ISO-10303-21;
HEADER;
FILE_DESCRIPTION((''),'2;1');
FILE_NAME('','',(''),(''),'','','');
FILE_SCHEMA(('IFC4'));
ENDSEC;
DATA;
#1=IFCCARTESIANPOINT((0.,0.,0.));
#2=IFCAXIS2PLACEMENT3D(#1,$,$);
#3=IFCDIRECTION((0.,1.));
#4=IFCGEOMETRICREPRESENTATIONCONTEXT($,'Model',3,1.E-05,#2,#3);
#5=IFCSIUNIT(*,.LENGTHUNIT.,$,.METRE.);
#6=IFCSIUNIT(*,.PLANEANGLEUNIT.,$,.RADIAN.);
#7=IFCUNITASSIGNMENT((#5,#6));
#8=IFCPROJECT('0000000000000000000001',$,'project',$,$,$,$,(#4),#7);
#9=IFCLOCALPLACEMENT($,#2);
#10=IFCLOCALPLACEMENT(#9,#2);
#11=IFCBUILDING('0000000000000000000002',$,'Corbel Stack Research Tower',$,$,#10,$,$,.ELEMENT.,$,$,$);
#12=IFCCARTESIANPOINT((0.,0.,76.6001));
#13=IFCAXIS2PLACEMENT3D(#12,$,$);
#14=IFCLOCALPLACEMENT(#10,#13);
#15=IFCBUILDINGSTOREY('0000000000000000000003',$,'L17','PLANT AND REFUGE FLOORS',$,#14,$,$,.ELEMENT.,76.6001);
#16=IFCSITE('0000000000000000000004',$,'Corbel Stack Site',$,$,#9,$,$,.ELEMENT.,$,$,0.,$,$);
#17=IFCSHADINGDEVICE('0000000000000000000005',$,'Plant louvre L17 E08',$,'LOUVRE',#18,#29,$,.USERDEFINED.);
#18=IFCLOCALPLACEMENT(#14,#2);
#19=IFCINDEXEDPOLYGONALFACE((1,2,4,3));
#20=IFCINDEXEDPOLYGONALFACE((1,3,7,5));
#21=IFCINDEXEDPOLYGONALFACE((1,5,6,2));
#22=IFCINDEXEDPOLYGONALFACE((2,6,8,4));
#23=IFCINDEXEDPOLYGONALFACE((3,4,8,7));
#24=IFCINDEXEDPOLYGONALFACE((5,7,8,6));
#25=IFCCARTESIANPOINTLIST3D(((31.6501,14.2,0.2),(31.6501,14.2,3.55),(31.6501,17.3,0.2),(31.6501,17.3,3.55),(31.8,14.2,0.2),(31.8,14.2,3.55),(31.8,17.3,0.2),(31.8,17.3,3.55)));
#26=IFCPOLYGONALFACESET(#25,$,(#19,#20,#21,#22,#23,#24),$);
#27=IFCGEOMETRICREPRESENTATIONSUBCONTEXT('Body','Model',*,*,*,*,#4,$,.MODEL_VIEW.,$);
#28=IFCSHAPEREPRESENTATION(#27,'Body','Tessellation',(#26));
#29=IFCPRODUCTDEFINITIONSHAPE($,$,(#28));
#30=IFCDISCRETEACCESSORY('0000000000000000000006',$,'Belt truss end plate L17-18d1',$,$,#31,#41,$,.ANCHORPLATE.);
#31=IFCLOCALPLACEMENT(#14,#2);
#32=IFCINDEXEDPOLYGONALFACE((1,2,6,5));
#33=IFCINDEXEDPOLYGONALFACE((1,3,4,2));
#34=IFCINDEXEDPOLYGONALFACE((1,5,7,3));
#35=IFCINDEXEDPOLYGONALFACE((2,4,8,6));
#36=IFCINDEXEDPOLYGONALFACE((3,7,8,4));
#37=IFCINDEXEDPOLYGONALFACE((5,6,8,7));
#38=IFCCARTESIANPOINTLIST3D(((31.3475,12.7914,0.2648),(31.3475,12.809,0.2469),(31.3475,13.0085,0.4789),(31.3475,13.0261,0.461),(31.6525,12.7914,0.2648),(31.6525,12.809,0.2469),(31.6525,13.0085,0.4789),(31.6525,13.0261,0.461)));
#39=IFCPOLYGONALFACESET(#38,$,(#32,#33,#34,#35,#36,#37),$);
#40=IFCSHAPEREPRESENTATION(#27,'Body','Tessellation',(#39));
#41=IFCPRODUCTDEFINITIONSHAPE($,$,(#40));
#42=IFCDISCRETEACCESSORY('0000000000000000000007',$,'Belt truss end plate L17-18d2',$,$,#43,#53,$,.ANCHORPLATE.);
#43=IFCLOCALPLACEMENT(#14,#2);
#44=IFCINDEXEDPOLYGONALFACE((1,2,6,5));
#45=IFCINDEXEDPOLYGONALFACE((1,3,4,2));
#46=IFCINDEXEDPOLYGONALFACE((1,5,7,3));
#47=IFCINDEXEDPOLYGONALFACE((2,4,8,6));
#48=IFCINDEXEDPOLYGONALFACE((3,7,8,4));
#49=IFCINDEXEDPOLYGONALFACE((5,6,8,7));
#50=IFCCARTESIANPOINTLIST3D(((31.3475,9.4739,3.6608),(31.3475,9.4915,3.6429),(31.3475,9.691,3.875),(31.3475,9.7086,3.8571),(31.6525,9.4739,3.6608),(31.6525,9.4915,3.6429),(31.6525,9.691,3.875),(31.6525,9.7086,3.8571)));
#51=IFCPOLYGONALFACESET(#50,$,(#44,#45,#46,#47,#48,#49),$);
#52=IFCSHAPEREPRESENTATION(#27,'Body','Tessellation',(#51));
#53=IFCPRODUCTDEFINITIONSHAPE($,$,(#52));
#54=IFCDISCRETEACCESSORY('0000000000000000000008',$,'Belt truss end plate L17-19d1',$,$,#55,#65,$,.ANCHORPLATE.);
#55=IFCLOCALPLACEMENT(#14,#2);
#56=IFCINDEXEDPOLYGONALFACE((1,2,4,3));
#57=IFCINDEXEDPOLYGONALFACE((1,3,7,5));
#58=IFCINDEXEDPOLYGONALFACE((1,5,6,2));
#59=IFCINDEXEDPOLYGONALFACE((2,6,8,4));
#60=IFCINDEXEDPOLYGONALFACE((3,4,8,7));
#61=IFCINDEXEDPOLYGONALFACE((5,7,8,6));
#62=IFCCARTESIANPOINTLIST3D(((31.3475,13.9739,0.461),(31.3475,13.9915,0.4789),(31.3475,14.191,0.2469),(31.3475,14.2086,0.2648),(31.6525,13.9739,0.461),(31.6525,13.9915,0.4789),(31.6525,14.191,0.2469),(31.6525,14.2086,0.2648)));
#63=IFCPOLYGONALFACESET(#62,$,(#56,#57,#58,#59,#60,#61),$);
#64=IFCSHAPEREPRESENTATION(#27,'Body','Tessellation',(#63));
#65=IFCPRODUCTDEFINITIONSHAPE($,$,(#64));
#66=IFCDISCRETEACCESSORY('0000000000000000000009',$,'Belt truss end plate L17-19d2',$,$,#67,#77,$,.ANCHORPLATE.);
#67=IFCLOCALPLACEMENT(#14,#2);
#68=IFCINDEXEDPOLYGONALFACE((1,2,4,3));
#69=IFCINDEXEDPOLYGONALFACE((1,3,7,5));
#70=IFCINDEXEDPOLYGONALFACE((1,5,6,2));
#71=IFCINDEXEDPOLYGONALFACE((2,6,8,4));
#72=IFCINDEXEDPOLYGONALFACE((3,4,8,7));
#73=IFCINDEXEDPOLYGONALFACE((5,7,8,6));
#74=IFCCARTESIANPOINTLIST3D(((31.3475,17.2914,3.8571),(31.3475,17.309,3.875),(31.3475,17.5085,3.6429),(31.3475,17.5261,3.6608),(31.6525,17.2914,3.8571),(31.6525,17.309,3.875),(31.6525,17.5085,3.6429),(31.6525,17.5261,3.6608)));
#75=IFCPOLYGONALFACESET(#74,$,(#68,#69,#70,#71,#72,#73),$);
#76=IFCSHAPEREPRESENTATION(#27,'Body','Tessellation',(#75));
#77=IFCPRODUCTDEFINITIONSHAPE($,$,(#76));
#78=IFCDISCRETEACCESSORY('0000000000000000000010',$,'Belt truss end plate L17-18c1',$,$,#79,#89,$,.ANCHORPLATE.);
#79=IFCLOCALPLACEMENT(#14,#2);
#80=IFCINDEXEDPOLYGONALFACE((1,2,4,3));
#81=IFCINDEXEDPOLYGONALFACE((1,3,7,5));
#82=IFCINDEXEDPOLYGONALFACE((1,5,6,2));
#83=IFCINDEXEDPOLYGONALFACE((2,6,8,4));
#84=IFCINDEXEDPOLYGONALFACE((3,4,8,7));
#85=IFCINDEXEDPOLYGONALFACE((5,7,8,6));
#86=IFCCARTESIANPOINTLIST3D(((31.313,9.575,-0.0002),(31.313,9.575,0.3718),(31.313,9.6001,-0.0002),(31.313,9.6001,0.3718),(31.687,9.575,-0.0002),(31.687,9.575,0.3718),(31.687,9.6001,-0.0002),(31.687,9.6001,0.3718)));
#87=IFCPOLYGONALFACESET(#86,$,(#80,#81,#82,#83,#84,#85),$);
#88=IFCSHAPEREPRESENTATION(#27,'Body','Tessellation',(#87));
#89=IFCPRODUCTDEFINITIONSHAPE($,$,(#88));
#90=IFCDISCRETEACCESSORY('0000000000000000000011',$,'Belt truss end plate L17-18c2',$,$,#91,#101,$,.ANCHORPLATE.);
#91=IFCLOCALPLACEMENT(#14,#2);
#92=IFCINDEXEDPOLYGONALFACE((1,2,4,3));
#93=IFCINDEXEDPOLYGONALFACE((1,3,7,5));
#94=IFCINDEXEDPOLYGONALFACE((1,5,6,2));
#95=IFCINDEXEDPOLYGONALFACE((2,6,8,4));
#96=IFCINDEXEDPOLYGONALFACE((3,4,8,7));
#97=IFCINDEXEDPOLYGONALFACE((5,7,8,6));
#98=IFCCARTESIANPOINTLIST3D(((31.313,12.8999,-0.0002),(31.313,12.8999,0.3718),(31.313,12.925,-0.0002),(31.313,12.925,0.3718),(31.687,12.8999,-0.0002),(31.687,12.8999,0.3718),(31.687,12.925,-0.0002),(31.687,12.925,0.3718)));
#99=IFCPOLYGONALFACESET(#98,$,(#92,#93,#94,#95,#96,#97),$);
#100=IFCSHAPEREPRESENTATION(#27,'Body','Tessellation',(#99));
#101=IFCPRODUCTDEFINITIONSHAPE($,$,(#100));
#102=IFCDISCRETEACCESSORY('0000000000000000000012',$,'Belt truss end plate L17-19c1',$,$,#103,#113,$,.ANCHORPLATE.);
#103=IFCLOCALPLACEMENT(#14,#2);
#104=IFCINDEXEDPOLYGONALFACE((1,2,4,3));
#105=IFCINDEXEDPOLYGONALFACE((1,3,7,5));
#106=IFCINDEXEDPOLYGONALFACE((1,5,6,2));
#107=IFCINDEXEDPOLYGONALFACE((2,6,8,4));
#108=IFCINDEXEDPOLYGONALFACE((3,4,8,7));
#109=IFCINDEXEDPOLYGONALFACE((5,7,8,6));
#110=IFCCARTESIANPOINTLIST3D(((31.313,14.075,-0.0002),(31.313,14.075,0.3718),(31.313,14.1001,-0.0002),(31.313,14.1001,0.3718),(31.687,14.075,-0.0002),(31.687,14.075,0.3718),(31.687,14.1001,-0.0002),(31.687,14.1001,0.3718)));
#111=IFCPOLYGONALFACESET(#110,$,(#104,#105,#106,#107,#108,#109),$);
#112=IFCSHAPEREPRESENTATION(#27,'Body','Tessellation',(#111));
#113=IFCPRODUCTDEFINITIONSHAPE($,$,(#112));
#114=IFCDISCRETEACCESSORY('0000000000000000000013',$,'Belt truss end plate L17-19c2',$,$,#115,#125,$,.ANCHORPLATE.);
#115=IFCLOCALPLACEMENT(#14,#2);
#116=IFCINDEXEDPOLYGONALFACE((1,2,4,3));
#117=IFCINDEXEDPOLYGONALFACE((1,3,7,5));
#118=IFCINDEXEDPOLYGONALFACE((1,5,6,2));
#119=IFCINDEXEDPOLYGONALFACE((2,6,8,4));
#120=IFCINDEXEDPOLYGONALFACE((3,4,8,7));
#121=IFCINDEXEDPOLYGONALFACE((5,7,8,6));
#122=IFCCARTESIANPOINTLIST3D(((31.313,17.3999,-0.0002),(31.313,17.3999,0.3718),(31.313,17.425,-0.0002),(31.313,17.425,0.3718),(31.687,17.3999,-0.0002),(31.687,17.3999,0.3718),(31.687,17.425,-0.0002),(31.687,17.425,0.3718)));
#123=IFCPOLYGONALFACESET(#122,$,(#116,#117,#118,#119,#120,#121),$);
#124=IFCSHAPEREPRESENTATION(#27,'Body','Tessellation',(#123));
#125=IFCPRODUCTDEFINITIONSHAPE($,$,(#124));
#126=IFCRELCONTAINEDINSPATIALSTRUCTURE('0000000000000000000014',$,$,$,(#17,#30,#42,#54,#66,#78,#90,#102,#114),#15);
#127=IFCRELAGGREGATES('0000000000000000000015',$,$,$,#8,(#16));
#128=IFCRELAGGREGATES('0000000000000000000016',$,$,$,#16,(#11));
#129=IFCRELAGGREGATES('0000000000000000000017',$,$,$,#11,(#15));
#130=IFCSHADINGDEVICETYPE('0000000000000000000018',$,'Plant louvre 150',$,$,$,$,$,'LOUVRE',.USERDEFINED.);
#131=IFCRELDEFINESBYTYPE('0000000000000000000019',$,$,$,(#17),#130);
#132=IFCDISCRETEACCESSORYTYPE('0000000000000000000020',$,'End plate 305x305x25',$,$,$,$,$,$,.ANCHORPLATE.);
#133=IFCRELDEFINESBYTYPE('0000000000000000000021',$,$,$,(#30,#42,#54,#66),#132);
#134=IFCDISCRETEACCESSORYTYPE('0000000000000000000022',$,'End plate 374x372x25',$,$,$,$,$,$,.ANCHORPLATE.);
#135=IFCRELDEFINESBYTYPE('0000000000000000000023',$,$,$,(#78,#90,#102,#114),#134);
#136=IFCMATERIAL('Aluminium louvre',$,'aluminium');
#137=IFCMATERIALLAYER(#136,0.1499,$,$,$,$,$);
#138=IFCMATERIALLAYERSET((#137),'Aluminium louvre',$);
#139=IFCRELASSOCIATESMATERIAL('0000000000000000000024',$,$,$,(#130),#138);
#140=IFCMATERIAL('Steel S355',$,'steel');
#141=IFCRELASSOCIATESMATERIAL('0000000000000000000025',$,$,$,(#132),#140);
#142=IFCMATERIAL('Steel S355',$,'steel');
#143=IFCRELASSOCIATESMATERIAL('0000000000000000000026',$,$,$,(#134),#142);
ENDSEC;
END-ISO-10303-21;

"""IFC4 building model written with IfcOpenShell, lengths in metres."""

from ifc_helpers import new_model, si_unit, direction, frame, origin, origin_2d, place, context, subcontext, project, spatial, rectangle, extrude, material, layer, layer_set, material_profile, profile_set, type_object, element, save


model = new_model("IFC4")

# Units and contexts
model_context = context("Model", 3, precision=1e-05, world=origin(), true_north=direction((0.0, 1.0)))
body_context = subcontext(model_context, "Body", "Model", "MODEL_VIEW")
ifc_project = project(units=[si_unit("LENGTHUNIT", "METRE"), si_unit("PLANEANGLEUNIT", "RADIAN")], contexts=[model_context])

# Site, building, storey
site_placement = place(None, origin())
site = spatial("IfcSite", under=ifc_project, at=site_placement, Name="Corbel Stack Site", CompositionType="ELEMENT", RefElevation=0.0)
building_placement = place(site_placement, origin())
building = spatial("IfcBuilding", under=site, at=building_placement, Name="Corbel Stack Research Tower", CompositionType="ELEMENT")
storey_placement = place(building_placement, frame((0.0, 0.0, 76.6001)))
storey = spatial("IfcBuildingStorey", under=building, at=storey_placement, Name="L17", Description="PLANT AND REFUGE FLOORS", CompositionType="ELEMENT", Elevation=76.6001)

# Shading device
ifc_material_1 = material(Name="Aluminium louvre", Category="aluminium")
ifc_layer_1 = layer(ifc_material_1, 0.1499)
ifc_layer_set_1 = layer_set([ifc_layer_1], Name="Aluminium louvre")
shading_device_type = type_object("IfcShadingDeviceType", Name="Plant louvre 150", ElementType="LOUVRE", PredefinedType="USERDEFINED", material=ifc_layer_set_1)
for number, where, z_axis, x_axis, name in (
    (1, (31.7251, 15.75, 0.2), (0.0, 0.0, 1.0), (0.0, 1.0, 0.0), "Plant louvre L17 E08"),
):
    element("IfcShadingDevice", number, at=place(storey_placement, frame(where, z_axis=z_axis, x_axis=x_axis)), inside=storey, type_object=shading_device_type, Name=name, ObjectType="LOUVRE", PredefinedType="USERDEFINED", context=body_context, shape_type="SweptSolid", body=[
        extrude(rectangle(XDim=3.1001, YDim=0.1499, at=origin_2d()), origin(), (0.0, 0.0, 1.0), 3.3501),
    ])

# Discrete accessories
ifc_material_2 = material(Name="Steel S355", Category="steel")
ifc_material_profile_1 = material_profile(ifc_material_2, rectangle(XDim=0.3049, YDim=0.3049, at=origin_2d()), Name="End plate 305x305x25")
ifc_profile_set_1 = profile_set([ifc_material_profile_1], Name="Steel S355")
discrete_accessory_type_1 = type_object("IfcDiscreteAccessoryType", Name="End plate 305x305x25", PredefinedType="ANCHORPLATE", material=ifc_profile_set_1)
for number, where, z_axis, x_axis, name in (
    (2, (31.5, 12.8999, 0.3718), (0.0, 0.702213, -0.711966), (-1.0, 0.0, 0.0), "Belt truss end plate L17-18d1"),
    (3, (31.5, 9.6001, 3.75), (0.0, -0.702213, 0.711966), (1.0, 0.0, 0.0), "Belt truss end plate L17-18d2"),
    (4, (31.5, 14.1001, 0.3718), (0.0, -0.702213, -0.711966), (1.0, 0.0, 0.0), "Belt truss end plate L17-19d1"),
    (5, (31.5, 17.3999, 3.75), (0.0, 0.702213, 0.711966), (-1.0, 0.0, 0.0), "Belt truss end plate L17-19d2"),
):
    element("IfcDiscreteAccessory", number, at=place(storey_placement, frame(where, z_axis=z_axis, x_axis=x_axis)), inside=storey, type_object=discrete_accessory_type_1, Name=name, PredefinedType="ANCHORPLATE", context=body_context, shape_type="SweptSolid", body=[
        extrude(rectangle(XDim=0.3049, YDim=0.3049, at=origin_2d()), origin(), (0.0, 0.0, 1.0), 0.0251),
    ])
ifc_material_3 = material(Name="Steel S355", Category="steel")
ifc_material_profile_2 = material_profile(ifc_material_3, rectangle(XDim=0.374, YDim=0.3721, at=origin_2d()), Name="End plate 374x372x25")
ifc_profile_set_2 = profile_set([ifc_material_profile_2], Name="Steel S355")
discrete_accessory_type_2 = type_object("IfcDiscreteAccessoryType", Name="End plate 374x372x25", PredefinedType="ANCHORPLATE", material=ifc_profile_set_2)
for number, where, z_axis, x_axis, name in (
    (6, (31.5, 9.6001, 0.1858), (0.0, -1.0, 0.0), (1.0, 0.0, 0.0), "Belt truss end plate L17-18c1"),
    (7, (31.5, 12.8999, 0.1858), (0.0, 1.0, 0.0), (-1.0, 0.0, 0.0), "Belt truss end plate L17-18c2"),
    (8, (31.5, 14.1001, 0.1858), (0.0, -1.0, 0.0), (1.0, 0.0, 0.0), "Belt truss end plate L17-19c1"),
    (9, (31.5, 17.3999, 0.1858), (0.0, 1.0, 0.0), (-1.0, 0.0, 0.0), "Belt truss end plate L17-19c2"),
):
    element("IfcDiscreteAccessory", number, at=place(storey_placement, frame(where, z_axis=z_axis, x_axis=x_axis)), inside=storey, type_object=discrete_accessory_type_2, Name=name, PredefinedType="ANCHORPLATE", context=body_context, shape_type="SweptSolid", body=[
        extrude(rectangle(XDim=0.374, YDim=0.3721, at=origin_2d()), origin(), (0.0, 0.0, 1.0), 0.0251),
    ])

save(model, "model.ifc")
